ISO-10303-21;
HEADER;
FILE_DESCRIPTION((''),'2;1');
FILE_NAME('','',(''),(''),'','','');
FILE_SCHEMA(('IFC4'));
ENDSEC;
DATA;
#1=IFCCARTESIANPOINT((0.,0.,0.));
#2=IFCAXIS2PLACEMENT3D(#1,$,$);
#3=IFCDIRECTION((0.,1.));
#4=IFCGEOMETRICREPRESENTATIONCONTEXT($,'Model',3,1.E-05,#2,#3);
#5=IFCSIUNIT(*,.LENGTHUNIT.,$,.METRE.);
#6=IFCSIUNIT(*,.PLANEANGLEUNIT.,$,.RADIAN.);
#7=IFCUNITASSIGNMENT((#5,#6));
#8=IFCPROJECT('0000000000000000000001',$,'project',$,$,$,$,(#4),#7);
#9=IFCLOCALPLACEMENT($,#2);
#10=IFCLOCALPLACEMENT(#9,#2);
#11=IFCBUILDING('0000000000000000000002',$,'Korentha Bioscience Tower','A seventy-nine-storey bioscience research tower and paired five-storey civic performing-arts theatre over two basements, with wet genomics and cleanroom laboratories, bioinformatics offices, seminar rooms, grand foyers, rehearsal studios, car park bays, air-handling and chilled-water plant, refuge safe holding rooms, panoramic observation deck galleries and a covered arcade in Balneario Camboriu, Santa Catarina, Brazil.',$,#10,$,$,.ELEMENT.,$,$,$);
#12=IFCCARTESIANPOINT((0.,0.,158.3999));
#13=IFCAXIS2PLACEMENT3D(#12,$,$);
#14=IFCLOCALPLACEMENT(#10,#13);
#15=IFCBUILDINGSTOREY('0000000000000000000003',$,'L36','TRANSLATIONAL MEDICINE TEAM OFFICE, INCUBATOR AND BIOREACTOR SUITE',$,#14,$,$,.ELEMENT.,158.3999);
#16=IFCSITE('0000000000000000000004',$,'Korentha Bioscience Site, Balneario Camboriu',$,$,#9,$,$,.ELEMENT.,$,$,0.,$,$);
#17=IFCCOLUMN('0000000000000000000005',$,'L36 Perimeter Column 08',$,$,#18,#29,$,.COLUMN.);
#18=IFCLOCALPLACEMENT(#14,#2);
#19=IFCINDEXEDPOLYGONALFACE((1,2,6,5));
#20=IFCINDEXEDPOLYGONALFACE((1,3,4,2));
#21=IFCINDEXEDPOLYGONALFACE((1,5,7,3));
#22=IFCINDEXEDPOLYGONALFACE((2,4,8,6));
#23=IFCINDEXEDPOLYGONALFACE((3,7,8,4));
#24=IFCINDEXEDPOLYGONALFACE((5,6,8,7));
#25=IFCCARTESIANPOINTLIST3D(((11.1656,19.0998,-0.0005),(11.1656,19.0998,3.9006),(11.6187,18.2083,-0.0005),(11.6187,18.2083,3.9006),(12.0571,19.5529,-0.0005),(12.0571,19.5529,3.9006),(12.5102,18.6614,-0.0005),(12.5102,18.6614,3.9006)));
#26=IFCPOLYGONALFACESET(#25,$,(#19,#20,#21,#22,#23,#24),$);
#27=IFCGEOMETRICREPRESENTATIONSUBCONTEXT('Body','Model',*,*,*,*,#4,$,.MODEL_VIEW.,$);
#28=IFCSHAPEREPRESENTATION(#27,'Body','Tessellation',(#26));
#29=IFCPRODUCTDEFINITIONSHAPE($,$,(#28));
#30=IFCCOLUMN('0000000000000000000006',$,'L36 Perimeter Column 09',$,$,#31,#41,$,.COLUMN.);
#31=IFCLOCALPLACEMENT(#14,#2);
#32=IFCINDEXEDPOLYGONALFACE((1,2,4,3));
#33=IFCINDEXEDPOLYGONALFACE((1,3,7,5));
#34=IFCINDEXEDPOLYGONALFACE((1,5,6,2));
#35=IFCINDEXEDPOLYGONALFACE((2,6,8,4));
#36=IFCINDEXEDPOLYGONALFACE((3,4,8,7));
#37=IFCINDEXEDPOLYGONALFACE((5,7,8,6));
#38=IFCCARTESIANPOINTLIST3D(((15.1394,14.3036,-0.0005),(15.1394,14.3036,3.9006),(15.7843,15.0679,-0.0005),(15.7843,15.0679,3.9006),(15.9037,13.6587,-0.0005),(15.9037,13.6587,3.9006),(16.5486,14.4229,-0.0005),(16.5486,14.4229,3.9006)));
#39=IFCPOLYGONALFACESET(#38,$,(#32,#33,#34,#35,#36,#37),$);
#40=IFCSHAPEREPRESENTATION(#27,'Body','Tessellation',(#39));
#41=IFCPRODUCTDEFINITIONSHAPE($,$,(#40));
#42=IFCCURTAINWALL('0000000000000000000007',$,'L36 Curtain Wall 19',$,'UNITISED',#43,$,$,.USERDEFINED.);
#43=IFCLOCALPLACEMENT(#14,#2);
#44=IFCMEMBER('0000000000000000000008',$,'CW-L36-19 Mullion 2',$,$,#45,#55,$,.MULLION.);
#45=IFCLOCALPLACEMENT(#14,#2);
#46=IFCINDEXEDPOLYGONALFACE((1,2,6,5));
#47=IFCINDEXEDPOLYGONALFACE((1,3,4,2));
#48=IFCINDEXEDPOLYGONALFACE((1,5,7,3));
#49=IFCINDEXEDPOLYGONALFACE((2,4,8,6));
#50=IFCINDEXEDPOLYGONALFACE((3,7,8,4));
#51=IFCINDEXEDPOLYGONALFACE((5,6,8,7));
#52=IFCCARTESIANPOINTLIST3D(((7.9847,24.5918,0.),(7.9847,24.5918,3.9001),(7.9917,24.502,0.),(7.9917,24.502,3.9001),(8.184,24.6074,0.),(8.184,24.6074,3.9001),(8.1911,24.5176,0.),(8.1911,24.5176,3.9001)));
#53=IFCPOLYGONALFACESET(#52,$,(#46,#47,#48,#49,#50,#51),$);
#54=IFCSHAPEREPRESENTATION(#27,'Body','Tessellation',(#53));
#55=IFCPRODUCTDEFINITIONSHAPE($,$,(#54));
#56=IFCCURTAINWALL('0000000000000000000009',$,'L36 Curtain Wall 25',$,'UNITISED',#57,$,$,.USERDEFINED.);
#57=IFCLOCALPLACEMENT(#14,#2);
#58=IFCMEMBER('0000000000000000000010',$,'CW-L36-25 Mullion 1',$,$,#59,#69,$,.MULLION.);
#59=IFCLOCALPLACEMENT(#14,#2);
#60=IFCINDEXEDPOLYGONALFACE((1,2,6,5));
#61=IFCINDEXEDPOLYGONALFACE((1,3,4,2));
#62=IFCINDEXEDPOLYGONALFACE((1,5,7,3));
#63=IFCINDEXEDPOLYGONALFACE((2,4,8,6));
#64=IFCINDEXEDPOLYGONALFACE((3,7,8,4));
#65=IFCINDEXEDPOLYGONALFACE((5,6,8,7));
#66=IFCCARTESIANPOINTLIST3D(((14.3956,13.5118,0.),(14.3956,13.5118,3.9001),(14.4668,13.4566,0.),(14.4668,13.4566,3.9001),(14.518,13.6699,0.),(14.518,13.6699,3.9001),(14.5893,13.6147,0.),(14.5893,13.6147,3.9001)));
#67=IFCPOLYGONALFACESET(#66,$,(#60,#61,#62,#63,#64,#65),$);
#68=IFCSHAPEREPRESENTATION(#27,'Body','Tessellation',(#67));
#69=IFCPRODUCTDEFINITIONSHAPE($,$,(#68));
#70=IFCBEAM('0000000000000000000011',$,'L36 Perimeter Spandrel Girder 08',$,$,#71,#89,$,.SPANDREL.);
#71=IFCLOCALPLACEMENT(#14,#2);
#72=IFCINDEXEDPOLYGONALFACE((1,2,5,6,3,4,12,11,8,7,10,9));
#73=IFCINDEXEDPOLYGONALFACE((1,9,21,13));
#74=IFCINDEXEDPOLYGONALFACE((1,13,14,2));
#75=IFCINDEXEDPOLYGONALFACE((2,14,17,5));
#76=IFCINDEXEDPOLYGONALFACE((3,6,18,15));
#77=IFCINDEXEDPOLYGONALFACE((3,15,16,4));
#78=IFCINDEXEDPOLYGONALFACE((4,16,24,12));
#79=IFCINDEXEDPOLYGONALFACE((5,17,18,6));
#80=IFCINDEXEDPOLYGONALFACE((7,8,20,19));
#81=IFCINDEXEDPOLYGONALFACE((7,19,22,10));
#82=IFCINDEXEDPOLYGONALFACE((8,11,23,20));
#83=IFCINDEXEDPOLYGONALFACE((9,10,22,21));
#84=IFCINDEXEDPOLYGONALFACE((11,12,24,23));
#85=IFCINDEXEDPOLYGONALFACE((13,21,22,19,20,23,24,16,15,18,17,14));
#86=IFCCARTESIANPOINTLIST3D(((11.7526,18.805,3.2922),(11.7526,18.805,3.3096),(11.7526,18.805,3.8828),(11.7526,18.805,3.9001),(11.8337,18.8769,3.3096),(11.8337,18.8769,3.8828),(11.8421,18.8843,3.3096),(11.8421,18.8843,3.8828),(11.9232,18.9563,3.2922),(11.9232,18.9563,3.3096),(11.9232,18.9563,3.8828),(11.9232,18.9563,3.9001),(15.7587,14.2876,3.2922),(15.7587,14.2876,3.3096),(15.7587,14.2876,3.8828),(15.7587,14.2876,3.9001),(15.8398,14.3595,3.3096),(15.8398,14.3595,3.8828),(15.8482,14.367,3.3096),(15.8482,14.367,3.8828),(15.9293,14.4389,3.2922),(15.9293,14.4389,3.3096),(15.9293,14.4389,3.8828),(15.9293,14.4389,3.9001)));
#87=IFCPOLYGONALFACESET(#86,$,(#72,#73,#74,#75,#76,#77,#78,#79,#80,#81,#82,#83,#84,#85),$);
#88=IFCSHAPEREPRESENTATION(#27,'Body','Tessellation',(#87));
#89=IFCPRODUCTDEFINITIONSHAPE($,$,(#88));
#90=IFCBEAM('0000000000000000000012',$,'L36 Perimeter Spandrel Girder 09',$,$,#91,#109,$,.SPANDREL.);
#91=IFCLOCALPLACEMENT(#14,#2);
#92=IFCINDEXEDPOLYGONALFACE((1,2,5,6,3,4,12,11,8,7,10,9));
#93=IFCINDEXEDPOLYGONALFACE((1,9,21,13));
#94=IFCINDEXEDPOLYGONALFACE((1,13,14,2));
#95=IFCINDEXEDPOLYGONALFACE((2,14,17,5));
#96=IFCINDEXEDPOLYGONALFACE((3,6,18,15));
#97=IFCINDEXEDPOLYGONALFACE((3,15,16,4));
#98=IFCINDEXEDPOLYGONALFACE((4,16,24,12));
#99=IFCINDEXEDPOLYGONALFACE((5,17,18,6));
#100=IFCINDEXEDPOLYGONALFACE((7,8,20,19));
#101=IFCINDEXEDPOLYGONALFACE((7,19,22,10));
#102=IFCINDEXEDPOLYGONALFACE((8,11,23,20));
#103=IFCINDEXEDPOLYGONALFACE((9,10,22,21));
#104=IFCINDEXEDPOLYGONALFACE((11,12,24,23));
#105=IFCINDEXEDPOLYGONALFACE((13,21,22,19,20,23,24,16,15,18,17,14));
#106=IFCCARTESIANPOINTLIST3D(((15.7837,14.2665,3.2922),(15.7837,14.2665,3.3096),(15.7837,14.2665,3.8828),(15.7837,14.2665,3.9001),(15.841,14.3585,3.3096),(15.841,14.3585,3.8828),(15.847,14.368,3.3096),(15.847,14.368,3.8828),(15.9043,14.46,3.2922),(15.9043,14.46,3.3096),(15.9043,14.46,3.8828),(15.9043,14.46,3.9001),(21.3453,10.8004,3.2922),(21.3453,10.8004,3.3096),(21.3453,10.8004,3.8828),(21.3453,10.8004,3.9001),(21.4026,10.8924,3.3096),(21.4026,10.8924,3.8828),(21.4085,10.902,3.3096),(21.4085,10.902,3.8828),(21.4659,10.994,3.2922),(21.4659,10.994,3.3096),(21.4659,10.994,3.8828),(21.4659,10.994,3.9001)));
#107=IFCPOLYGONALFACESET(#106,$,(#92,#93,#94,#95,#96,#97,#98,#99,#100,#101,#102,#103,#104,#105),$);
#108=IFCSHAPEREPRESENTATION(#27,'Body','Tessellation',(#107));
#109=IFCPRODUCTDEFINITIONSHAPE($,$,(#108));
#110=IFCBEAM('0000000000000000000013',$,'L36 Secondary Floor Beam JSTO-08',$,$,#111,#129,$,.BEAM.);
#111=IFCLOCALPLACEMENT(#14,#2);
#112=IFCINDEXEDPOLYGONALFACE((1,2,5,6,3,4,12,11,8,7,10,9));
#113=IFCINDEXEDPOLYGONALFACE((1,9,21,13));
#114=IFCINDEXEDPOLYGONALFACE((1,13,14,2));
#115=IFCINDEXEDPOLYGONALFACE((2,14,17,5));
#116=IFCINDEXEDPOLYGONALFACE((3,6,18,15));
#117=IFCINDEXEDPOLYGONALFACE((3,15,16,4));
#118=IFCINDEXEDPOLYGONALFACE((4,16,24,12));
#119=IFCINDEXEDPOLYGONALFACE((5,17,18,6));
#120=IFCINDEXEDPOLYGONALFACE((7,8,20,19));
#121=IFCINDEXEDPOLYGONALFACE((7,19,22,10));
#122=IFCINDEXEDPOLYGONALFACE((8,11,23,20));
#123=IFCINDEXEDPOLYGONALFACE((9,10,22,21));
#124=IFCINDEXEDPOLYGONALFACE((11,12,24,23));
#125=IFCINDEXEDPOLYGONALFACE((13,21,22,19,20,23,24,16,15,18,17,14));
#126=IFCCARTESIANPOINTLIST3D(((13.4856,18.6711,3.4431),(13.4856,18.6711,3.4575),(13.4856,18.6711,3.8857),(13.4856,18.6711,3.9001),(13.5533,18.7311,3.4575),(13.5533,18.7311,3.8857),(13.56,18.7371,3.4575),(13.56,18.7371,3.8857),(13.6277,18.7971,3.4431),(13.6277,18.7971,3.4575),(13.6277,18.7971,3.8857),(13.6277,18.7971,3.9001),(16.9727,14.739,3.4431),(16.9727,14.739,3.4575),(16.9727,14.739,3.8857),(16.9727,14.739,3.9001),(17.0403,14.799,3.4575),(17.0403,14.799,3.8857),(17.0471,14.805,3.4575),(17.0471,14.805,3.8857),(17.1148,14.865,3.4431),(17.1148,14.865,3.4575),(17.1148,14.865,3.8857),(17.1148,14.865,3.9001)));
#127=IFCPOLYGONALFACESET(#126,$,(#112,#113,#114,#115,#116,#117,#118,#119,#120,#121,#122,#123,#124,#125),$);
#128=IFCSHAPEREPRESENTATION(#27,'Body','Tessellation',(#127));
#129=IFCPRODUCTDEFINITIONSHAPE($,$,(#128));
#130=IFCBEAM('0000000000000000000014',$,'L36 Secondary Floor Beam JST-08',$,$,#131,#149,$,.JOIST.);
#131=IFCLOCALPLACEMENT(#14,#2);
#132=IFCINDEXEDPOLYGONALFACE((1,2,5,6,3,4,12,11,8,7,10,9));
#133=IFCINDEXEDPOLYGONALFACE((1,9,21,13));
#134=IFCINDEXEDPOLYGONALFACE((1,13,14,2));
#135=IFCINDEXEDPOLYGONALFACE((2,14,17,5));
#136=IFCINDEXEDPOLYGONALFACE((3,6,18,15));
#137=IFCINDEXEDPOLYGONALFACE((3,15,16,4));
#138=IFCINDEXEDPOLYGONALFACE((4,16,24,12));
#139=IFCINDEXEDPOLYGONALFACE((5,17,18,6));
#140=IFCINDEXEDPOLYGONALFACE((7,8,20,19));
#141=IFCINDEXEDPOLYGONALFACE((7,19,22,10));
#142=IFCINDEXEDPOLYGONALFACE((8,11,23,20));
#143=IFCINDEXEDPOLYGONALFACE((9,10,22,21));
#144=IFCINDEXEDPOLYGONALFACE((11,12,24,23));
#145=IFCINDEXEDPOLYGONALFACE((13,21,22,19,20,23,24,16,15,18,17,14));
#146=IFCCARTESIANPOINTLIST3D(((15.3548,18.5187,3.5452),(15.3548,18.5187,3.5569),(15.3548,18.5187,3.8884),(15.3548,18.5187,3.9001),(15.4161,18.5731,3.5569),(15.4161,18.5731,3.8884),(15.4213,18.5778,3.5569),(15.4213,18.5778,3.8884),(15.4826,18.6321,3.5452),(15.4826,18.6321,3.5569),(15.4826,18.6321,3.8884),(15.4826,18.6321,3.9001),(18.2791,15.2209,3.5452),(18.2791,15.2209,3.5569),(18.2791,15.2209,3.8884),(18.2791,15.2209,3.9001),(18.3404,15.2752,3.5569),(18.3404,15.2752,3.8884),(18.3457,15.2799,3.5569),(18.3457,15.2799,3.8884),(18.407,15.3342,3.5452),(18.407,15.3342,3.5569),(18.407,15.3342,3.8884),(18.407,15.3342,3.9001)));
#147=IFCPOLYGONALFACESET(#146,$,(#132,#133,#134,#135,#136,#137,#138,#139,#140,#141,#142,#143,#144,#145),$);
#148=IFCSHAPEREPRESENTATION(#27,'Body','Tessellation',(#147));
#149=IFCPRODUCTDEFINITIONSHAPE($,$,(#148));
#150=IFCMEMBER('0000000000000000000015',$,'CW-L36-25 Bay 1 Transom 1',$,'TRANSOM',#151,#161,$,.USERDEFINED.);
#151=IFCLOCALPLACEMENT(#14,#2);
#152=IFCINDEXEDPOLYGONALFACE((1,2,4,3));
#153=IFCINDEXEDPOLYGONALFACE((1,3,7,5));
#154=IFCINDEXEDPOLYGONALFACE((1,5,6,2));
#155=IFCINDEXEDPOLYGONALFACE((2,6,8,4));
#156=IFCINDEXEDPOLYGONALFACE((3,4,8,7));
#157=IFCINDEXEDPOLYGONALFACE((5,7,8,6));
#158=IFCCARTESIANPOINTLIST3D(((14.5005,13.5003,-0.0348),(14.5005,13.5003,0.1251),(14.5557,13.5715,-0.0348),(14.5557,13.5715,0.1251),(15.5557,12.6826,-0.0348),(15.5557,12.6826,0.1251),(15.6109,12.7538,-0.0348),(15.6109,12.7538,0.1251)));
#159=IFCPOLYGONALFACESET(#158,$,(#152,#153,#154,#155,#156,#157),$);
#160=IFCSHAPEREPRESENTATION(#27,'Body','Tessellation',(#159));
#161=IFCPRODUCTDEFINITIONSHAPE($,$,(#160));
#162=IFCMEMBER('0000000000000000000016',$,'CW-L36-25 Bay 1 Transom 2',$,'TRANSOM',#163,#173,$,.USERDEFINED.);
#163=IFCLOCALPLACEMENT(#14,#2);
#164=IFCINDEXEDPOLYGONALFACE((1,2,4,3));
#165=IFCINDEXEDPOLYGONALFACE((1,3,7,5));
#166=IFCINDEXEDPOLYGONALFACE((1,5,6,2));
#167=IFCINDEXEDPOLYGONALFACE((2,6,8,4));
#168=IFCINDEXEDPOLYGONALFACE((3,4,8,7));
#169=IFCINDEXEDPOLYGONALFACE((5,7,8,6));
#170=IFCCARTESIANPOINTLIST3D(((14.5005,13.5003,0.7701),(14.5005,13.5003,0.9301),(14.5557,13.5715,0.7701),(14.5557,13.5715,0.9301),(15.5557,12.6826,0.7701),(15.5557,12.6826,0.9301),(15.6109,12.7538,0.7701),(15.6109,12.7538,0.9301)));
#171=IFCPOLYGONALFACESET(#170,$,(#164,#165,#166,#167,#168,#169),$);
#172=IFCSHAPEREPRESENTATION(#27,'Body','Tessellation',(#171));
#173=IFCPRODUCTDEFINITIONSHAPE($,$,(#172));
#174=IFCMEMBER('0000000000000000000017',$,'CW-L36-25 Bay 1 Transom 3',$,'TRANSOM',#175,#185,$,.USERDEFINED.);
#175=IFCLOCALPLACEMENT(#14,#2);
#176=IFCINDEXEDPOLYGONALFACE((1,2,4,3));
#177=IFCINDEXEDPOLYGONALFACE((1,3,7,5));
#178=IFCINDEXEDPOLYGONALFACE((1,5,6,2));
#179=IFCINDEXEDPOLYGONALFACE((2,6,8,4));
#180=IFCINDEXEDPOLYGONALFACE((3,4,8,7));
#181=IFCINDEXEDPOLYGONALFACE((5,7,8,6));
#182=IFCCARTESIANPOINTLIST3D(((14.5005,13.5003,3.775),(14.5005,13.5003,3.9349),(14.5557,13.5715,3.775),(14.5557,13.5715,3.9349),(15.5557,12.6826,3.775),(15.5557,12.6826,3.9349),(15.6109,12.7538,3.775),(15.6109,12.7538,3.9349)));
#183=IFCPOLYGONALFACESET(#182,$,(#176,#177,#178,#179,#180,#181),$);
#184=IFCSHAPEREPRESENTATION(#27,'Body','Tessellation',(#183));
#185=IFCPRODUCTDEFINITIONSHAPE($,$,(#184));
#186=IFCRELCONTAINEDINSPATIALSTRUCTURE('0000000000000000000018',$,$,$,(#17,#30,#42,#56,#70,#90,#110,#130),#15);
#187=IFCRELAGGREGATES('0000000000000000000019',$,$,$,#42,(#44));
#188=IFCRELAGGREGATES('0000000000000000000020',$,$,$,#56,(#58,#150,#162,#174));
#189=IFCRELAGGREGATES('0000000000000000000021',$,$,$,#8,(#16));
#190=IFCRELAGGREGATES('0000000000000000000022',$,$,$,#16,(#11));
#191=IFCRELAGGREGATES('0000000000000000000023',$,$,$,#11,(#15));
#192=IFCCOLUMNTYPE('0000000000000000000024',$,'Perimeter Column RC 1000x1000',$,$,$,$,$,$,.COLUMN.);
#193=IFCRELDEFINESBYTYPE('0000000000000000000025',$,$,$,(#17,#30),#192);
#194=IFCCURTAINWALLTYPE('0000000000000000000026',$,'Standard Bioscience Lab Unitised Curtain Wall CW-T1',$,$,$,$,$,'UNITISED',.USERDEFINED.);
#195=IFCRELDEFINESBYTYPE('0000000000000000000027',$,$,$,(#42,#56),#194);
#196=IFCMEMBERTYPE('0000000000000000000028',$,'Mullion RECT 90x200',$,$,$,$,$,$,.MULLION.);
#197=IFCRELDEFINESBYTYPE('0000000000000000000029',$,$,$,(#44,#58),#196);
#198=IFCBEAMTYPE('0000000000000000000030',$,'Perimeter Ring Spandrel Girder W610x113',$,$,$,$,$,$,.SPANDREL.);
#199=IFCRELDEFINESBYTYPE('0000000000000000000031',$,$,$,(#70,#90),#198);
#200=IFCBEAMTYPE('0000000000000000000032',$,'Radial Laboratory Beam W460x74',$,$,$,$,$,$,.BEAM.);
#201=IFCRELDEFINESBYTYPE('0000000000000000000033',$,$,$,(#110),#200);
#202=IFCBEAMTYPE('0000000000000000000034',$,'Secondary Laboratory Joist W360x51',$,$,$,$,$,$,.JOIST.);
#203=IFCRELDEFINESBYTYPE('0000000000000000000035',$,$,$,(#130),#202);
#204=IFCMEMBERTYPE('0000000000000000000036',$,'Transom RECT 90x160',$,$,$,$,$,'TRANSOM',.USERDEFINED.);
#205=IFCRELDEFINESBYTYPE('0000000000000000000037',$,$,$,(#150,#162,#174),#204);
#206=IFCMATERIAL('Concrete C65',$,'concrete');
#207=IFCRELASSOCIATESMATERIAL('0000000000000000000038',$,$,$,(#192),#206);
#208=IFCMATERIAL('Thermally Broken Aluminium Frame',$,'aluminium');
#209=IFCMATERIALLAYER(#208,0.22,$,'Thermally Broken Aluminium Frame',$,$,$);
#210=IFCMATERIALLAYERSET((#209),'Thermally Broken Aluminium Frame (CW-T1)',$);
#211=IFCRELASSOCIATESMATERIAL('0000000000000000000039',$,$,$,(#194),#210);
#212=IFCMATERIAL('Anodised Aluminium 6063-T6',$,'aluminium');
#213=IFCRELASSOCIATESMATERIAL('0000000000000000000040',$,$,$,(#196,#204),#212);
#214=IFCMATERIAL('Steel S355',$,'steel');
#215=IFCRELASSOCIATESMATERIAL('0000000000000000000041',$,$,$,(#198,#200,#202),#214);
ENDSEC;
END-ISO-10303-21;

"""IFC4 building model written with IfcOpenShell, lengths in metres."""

from ifc_helpers import new_model, si_unit, direction, frame, origin, origin_2d, place, context, subcontext, project, spatial, rectangle, i_section, extrude, material, layer, layer_set, material_profile, profile_set, type_object, element, aggregate, save


model = new_model("IFC4")

# Units and contexts
model_context = context("Model", 3, precision=1e-05, world=origin(), true_north=direction((0.0, 1.0)))
body_context = subcontext(model_context, "Body", "Model", "MODEL_VIEW")
ifc_project = project(units=[si_unit("LENGTHUNIT", "METRE"), si_unit("PLANEANGLEUNIT", "RADIAN")], contexts=[model_context])

# Site, building, storey
site_placement = place(None, origin())
site = spatial("IfcSite", under=ifc_project, at=site_placement, Name="Korentha Bioscience Site, Balneario Camboriu", CompositionType="ELEMENT", RefElevation=0.0)
building_placement = place(site_placement, origin())
building = spatial("IfcBuilding", under=site, at=building_placement, Name="Korentha Bioscience Tower", Description="A seventy-nine-storey bioscience research tower and paired five-storey civic performing-arts theatre over two basements, with wet genomics and cleanroom laboratories, bioinformatics offices, seminar rooms, grand foyers, rehearsal studios, car park bays, air-handling and chilled-water plant, refuge safe holding rooms, panoramic observation deck galleries and a covered arcade in Balneario Camboriu, Santa Catarina, Brazil.", CompositionType="ELEMENT")
storey_placement = place(building_placement, frame((0.0, 0.0, 158.3999)))
storey = spatial("IfcBuildingStorey", under=building, at=storey_placement, Name="L36", Description="TRANSLATIONAL MEDICINE TEAM OFFICE, INCUBATOR AND BIOREACTOR SUITE", CompositionType="ELEMENT", Elevation=158.3999)

# Columns
ifc_material_1 = material(Name="Concrete C65", Category="concrete")
ifc_material_profile_1 = material_profile(ifc_material_1, rectangle(XDim=1.0, YDim=1.0, at=origin_2d()), Name="Concrete C65")
ifc_profile_set_1 = profile_set([ifc_material_profile_1], Name="Concrete C65 (COL-P10)")
column_type = type_object("IfcColumnType", Name="Perimeter Column RC 1000x1000", PredefinedType="COLUMN", material=ifc_profile_set_1)
for number, where, z_axis, x_axis, name in (
    (1, (11.8379, 18.8806, -0.0005), (0.0, 0.0, 1.0), (-0.453057, 0.891481, 0.0), "L36 Perimeter Column 08"),
    (2, (15.844, 14.3633, -0.0005), (0.0, 0.0, 1.0), (-0.764246, 0.644924, 0.0), "L36 Perimeter Column 09"),
):
    element("IfcColumn", number, at=place(storey_placement, frame(where, z_axis=z_axis, x_axis=x_axis)), inside=storey, type_object=column_type, Name=name, PredefinedType="COLUMN", context=body_context, shape_type="SweptSolid", body=[
        extrude(rectangle(XDim=1.0, YDim=1.0, at=origin_2d()), origin(), (0.0, 0.0, 1.0), 3.9011),
    ])

# Curtain walls, members
ifc_material_2 = material(Name="Thermally Broken Aluminium Frame", Category="aluminium")
ifc_layer_1 = layer(ifc_material_2, 0.22, Name="Thermally Broken Aluminium Frame")
ifc_layer_set_1 = layer_set([ifc_layer_1], Name="Thermally Broken Aluminium Frame (CW-T1)")
curtain_wall_type = type_object("IfcCurtainWallType", Name="Standard Bioscience Lab Unitised Curtain Wall CW-T1", ElementType="UNITISED", PredefinedType="USERDEFINED", material=ifc_layer_set_1)
curtain_wall_1_placement = place(storey_placement, origin())
curtain_wall_1 = element("IfcCurtainWall", 3, at=curtain_wall_1_placement, inside=storey, type_object=curtain_wall_type, Name="L36 Curtain Wall 19", ObjectType="UNITISED", PredefinedType="USERDEFINED")
ifc_material_3 = material(Name="Anodised Aluminium 6063-T6", Category="aluminium")
ifc_material_profile_2 = material_profile(ifc_material_3, rectangle(XDim=0.0901, YDim=0.2, at=origin_2d()), Name="Anodised Aluminium 6063-T6")
ifc_profile_set_2 = profile_set([ifc_material_profile_2], Name="Anodised Aluminium 6063-T6 (CW-MUL)")
member_type_1 = type_object("IfcMemberType", Name="Mullion RECT 90x200", PredefinedType="MULLION", material=ifc_profile_set_2)
member_1_placement = place(storey_placement, frame((8.0879, 24.5547, 0.0), z_axis=(0.0, 0.0, 1.0), x_axis=(0.078031, -0.996951, 0.0)))
member_1 = element("IfcMember", 4, at=member_1_placement, type_object=member_type_1, Name="CW-L36-19 Mullion 2", PredefinedType="MULLION", context=body_context, shape_type="SweptSolid", body=[
    extrude(rectangle(XDim=0.0901, YDim=0.2, at=origin_2d()), origin(), (0.0, 0.0, 1.0), 3.9001),
])
curtain_wall_2_placement = place(storey_placement, origin())
curtain_wall_2 = element("IfcCurtainWall", 5, at=curtain_wall_2_placement, inside=storey, type_object=curtain_wall_type, Name="L36 Curtain Wall 25", ObjectType="UNITISED", PredefinedType="USERDEFINED")
member_2_placement = place(storey_placement, frame((14.4924, 13.5632, 0.0), z_axis=(0.0, 0.0, 1.0), x_axis=(0.790547, -0.612402, 0.0)))
member_2 = element("IfcMember", 6, at=member_2_placement, type_object=member_type_1, Name="CW-L36-25 Mullion 1", PredefinedType="MULLION", context=body_context, shape_type="SweptSolid", body=[
    extrude(rectangle(XDim=0.0901, YDim=0.2, at=origin_2d()), origin(), (0.0, 0.0, 1.0), 3.9001),
])

# Beams
ifc_material_4 = material(Name="Steel S355", Category="steel")
ifc_material_profile_3 = material_profile(ifc_material_4, i_section(OverallWidth=0.228, OverallDepth=0.6079, WebThickness=0.0112, FlangeThickness=0.0173, at=origin_2d()), Name="Steel S355")
ifc_profile_set_3 = profile_set([ifc_material_profile_3], Name="Steel S355 (SB-610)")
beam_type_1 = type_object("IfcBeamType", Name="Perimeter Ring Spandrel Girder W610x113", PredefinedType="SPANDREL", material=ifc_profile_set_3)
beam_1_placement = place(storey_placement, frame((11.8379, 18.8806, 3.5962), z_axis=(0.663503, -0.748174, 0.0), x_axis=(0.748174, 0.663503, 0.0)))
element("IfcBeam", 7, at=beam_1_placement, inside=storey, type_object=beam_type_1, Name="L36 Perimeter Spandrel Girder 08", PredefinedType="SPANDREL", context=body_context, shape_type="SweptSolid", body=[
    extrude(i_section(OverallWidth=0.228, OverallDepth=0.6079, WebThickness=0.0112, FlangeThickness=0.0173, at=origin_2d()), origin(), (0.0, 0.0, 1.0), 6.0378),
])
beam_2_placement = place(storey_placement, frame((15.844, 14.3633, 3.5962), z_axis=(0.848676, -0.528913, 0.0), x_axis=(0.528913, 0.848676, 0.0)))
element("IfcBeam", 8, at=beam_2_placement, inside=storey, type_object=beam_type_1, Name="L36 Perimeter Spandrel Girder 09", PredefinedType="SPANDREL", context=body_context, shape_type="SweptSolid", body=[
    extrude(i_section(OverallWidth=0.228, OverallDepth=0.6079, WebThickness=0.0112, FlangeThickness=0.0173, at=origin_2d()), origin(), (0.0, 0.0, 1.0), 6.5532),
])
ifc_material_profile_4 = material_profile(ifc_material_4, i_section(OverallWidth=0.1899, OverallDepth=0.457, WebThickness=0.009, FlangeThickness=0.0144, at=origin_2d()), Name="Steel S355")
ifc_profile_set_4 = profile_set([ifc_material_profile_4], Name="Steel S355 (RB-460)")
beam_type_2 = type_object("IfcBeamType", Name="Radial Laboratory Beam W460x74", PredefinedType="BEAM", material=ifc_profile_set_4)
beam_3_placement = place(storey_placement, frame((13.5566, 18.7341, 3.6716), z_axis=(0.663496, -0.74818, 0.0), x_axis=(0.74818, 0.663496, 0.0)))
element("IfcBeam", 9, at=beam_3_placement, inside=storey, type_object=beam_type_2, Name="L36 Secondary Floor Beam JSTO-08", PredefinedType="BEAM", context=body_context, shape_type="SweptSolid", body=[
    extrude(i_section(OverallWidth=0.1899, OverallDepth=0.457, WebThickness=0.009, FlangeThickness=0.0144, at=origin_2d()), origin(), (0.0, 0.0, 1.0), 5.2556),
])
ifc_material_profile_5 = material_profile(ifc_material_4, i_section(OverallWidth=0.1709, OverallDepth=0.355, WebThickness=0.0071, FlangeThickness=0.0117, at=origin_2d()), Name="Steel S355")
ifc_profile_set_5 = profile_set([ifc_material_profile_5], Name="Steel S355 (JB-360)")
beam_type_3 = type_object("IfcBeamType", Name="Secondary Laboratory Joist W360x51", PredefinedType="JOIST", material=ifc_profile_set_5)
beam_4_placement = place(storey_placement, frame((15.4187, 18.5754, 3.7227), z_axis=(0.663463, -0.748209, 0.0), x_axis=(0.748209, 0.663463, 0.0)))
element("IfcBeam", 10, at=beam_4_placement, inside=storey, type_object=beam_type_3, Name="L36 Secondary Floor Beam JST-08", PredefinedType="JOIST", context=body_context, shape_type="SweptSolid", body=[
    extrude(i_section(OverallWidth=0.1709, OverallDepth=0.355, WebThickness=0.0071, FlangeThickness=0.0117, at=origin_2d()), origin(), (0.0, 0.0, 1.0), 4.4077),
])

# Members
ifc_material_profile_6 = material_profile(ifc_material_3, rectangle(XDim=0.0901, YDim=0.1599, at=origin_2d()), Name="Anodised Aluminium 6063-T6")
ifc_profile_set_6 = profile_set([ifc_material_profile_6], Name="Anodised Aluminium 6063-T6 (CW-TRN)")
member_type_2 = type_object("IfcMemberType", Name="Transom RECT 90x160", ElementType="TRANSOM", PredefinedType="USERDEFINED", material=ifc_profile_set_6)
member_3_placement = place(storey_placement, frame((14.5281, 13.5359, 0.0452), z_axis=(0.790464, -0.612509, 0.0), x_axis=(0.612509, 0.790464, 0.0)))
member_3 = element("IfcMember", 11, at=member_3_placement, type_object=member_type_2, Name="CW-L36-25 Bay 1 Transom 1", ObjectType="TRANSOM", PredefinedType="USERDEFINED", context=body_context, shape_type="SweptSolid", body=[
    extrude(rectangle(XDim=0.0901, YDim=0.1599, at=origin_2d()), origin(), (0.0, 0.0, 1.0), 1.335),
])
member_4_placement = place(storey_placement, frame((14.5281, 13.5359, 0.8501), z_axis=(0.790464, -0.612509, 0.0), x_axis=(0.612509, 0.790464, 0.0)))
member_4 = element("IfcMember", 12, at=member_4_placement, type_object=member_type_2, Name="CW-L36-25 Bay 1 Transom 2", ObjectType="TRANSOM", PredefinedType="USERDEFINED", context=body_context, shape_type="SweptSolid", body=[
    extrude(rectangle(XDim=0.0901, YDim=0.1599, at=origin_2d()), origin(), (0.0, 0.0, 1.0), 1.335),
])
member_5_placement = place(storey_placement, frame((14.5281, 13.5359, 3.855), z_axis=(0.790464, -0.612509, 0.0), x_axis=(0.612509, 0.790464, 0.0)))
member_5 = element("IfcMember", 13, at=member_5_placement, type_object=member_type_2, Name="CW-L36-25 Bay 1 Transom 3", ObjectType="TRANSOM", PredefinedType="USERDEFINED", context=body_context, shape_type="SweptSolid", body=[
    extrude(rectangle(XDim=0.0901, YDim=0.1599, at=origin_2d()), origin(), (0.0, 0.0, 1.0), 1.335),
])

aggregate(curtain_wall_1, [member_1])
aggregate(curtain_wall_2, [member_2, member_3, member_4, member_5])

save(model, "model.ifc")
